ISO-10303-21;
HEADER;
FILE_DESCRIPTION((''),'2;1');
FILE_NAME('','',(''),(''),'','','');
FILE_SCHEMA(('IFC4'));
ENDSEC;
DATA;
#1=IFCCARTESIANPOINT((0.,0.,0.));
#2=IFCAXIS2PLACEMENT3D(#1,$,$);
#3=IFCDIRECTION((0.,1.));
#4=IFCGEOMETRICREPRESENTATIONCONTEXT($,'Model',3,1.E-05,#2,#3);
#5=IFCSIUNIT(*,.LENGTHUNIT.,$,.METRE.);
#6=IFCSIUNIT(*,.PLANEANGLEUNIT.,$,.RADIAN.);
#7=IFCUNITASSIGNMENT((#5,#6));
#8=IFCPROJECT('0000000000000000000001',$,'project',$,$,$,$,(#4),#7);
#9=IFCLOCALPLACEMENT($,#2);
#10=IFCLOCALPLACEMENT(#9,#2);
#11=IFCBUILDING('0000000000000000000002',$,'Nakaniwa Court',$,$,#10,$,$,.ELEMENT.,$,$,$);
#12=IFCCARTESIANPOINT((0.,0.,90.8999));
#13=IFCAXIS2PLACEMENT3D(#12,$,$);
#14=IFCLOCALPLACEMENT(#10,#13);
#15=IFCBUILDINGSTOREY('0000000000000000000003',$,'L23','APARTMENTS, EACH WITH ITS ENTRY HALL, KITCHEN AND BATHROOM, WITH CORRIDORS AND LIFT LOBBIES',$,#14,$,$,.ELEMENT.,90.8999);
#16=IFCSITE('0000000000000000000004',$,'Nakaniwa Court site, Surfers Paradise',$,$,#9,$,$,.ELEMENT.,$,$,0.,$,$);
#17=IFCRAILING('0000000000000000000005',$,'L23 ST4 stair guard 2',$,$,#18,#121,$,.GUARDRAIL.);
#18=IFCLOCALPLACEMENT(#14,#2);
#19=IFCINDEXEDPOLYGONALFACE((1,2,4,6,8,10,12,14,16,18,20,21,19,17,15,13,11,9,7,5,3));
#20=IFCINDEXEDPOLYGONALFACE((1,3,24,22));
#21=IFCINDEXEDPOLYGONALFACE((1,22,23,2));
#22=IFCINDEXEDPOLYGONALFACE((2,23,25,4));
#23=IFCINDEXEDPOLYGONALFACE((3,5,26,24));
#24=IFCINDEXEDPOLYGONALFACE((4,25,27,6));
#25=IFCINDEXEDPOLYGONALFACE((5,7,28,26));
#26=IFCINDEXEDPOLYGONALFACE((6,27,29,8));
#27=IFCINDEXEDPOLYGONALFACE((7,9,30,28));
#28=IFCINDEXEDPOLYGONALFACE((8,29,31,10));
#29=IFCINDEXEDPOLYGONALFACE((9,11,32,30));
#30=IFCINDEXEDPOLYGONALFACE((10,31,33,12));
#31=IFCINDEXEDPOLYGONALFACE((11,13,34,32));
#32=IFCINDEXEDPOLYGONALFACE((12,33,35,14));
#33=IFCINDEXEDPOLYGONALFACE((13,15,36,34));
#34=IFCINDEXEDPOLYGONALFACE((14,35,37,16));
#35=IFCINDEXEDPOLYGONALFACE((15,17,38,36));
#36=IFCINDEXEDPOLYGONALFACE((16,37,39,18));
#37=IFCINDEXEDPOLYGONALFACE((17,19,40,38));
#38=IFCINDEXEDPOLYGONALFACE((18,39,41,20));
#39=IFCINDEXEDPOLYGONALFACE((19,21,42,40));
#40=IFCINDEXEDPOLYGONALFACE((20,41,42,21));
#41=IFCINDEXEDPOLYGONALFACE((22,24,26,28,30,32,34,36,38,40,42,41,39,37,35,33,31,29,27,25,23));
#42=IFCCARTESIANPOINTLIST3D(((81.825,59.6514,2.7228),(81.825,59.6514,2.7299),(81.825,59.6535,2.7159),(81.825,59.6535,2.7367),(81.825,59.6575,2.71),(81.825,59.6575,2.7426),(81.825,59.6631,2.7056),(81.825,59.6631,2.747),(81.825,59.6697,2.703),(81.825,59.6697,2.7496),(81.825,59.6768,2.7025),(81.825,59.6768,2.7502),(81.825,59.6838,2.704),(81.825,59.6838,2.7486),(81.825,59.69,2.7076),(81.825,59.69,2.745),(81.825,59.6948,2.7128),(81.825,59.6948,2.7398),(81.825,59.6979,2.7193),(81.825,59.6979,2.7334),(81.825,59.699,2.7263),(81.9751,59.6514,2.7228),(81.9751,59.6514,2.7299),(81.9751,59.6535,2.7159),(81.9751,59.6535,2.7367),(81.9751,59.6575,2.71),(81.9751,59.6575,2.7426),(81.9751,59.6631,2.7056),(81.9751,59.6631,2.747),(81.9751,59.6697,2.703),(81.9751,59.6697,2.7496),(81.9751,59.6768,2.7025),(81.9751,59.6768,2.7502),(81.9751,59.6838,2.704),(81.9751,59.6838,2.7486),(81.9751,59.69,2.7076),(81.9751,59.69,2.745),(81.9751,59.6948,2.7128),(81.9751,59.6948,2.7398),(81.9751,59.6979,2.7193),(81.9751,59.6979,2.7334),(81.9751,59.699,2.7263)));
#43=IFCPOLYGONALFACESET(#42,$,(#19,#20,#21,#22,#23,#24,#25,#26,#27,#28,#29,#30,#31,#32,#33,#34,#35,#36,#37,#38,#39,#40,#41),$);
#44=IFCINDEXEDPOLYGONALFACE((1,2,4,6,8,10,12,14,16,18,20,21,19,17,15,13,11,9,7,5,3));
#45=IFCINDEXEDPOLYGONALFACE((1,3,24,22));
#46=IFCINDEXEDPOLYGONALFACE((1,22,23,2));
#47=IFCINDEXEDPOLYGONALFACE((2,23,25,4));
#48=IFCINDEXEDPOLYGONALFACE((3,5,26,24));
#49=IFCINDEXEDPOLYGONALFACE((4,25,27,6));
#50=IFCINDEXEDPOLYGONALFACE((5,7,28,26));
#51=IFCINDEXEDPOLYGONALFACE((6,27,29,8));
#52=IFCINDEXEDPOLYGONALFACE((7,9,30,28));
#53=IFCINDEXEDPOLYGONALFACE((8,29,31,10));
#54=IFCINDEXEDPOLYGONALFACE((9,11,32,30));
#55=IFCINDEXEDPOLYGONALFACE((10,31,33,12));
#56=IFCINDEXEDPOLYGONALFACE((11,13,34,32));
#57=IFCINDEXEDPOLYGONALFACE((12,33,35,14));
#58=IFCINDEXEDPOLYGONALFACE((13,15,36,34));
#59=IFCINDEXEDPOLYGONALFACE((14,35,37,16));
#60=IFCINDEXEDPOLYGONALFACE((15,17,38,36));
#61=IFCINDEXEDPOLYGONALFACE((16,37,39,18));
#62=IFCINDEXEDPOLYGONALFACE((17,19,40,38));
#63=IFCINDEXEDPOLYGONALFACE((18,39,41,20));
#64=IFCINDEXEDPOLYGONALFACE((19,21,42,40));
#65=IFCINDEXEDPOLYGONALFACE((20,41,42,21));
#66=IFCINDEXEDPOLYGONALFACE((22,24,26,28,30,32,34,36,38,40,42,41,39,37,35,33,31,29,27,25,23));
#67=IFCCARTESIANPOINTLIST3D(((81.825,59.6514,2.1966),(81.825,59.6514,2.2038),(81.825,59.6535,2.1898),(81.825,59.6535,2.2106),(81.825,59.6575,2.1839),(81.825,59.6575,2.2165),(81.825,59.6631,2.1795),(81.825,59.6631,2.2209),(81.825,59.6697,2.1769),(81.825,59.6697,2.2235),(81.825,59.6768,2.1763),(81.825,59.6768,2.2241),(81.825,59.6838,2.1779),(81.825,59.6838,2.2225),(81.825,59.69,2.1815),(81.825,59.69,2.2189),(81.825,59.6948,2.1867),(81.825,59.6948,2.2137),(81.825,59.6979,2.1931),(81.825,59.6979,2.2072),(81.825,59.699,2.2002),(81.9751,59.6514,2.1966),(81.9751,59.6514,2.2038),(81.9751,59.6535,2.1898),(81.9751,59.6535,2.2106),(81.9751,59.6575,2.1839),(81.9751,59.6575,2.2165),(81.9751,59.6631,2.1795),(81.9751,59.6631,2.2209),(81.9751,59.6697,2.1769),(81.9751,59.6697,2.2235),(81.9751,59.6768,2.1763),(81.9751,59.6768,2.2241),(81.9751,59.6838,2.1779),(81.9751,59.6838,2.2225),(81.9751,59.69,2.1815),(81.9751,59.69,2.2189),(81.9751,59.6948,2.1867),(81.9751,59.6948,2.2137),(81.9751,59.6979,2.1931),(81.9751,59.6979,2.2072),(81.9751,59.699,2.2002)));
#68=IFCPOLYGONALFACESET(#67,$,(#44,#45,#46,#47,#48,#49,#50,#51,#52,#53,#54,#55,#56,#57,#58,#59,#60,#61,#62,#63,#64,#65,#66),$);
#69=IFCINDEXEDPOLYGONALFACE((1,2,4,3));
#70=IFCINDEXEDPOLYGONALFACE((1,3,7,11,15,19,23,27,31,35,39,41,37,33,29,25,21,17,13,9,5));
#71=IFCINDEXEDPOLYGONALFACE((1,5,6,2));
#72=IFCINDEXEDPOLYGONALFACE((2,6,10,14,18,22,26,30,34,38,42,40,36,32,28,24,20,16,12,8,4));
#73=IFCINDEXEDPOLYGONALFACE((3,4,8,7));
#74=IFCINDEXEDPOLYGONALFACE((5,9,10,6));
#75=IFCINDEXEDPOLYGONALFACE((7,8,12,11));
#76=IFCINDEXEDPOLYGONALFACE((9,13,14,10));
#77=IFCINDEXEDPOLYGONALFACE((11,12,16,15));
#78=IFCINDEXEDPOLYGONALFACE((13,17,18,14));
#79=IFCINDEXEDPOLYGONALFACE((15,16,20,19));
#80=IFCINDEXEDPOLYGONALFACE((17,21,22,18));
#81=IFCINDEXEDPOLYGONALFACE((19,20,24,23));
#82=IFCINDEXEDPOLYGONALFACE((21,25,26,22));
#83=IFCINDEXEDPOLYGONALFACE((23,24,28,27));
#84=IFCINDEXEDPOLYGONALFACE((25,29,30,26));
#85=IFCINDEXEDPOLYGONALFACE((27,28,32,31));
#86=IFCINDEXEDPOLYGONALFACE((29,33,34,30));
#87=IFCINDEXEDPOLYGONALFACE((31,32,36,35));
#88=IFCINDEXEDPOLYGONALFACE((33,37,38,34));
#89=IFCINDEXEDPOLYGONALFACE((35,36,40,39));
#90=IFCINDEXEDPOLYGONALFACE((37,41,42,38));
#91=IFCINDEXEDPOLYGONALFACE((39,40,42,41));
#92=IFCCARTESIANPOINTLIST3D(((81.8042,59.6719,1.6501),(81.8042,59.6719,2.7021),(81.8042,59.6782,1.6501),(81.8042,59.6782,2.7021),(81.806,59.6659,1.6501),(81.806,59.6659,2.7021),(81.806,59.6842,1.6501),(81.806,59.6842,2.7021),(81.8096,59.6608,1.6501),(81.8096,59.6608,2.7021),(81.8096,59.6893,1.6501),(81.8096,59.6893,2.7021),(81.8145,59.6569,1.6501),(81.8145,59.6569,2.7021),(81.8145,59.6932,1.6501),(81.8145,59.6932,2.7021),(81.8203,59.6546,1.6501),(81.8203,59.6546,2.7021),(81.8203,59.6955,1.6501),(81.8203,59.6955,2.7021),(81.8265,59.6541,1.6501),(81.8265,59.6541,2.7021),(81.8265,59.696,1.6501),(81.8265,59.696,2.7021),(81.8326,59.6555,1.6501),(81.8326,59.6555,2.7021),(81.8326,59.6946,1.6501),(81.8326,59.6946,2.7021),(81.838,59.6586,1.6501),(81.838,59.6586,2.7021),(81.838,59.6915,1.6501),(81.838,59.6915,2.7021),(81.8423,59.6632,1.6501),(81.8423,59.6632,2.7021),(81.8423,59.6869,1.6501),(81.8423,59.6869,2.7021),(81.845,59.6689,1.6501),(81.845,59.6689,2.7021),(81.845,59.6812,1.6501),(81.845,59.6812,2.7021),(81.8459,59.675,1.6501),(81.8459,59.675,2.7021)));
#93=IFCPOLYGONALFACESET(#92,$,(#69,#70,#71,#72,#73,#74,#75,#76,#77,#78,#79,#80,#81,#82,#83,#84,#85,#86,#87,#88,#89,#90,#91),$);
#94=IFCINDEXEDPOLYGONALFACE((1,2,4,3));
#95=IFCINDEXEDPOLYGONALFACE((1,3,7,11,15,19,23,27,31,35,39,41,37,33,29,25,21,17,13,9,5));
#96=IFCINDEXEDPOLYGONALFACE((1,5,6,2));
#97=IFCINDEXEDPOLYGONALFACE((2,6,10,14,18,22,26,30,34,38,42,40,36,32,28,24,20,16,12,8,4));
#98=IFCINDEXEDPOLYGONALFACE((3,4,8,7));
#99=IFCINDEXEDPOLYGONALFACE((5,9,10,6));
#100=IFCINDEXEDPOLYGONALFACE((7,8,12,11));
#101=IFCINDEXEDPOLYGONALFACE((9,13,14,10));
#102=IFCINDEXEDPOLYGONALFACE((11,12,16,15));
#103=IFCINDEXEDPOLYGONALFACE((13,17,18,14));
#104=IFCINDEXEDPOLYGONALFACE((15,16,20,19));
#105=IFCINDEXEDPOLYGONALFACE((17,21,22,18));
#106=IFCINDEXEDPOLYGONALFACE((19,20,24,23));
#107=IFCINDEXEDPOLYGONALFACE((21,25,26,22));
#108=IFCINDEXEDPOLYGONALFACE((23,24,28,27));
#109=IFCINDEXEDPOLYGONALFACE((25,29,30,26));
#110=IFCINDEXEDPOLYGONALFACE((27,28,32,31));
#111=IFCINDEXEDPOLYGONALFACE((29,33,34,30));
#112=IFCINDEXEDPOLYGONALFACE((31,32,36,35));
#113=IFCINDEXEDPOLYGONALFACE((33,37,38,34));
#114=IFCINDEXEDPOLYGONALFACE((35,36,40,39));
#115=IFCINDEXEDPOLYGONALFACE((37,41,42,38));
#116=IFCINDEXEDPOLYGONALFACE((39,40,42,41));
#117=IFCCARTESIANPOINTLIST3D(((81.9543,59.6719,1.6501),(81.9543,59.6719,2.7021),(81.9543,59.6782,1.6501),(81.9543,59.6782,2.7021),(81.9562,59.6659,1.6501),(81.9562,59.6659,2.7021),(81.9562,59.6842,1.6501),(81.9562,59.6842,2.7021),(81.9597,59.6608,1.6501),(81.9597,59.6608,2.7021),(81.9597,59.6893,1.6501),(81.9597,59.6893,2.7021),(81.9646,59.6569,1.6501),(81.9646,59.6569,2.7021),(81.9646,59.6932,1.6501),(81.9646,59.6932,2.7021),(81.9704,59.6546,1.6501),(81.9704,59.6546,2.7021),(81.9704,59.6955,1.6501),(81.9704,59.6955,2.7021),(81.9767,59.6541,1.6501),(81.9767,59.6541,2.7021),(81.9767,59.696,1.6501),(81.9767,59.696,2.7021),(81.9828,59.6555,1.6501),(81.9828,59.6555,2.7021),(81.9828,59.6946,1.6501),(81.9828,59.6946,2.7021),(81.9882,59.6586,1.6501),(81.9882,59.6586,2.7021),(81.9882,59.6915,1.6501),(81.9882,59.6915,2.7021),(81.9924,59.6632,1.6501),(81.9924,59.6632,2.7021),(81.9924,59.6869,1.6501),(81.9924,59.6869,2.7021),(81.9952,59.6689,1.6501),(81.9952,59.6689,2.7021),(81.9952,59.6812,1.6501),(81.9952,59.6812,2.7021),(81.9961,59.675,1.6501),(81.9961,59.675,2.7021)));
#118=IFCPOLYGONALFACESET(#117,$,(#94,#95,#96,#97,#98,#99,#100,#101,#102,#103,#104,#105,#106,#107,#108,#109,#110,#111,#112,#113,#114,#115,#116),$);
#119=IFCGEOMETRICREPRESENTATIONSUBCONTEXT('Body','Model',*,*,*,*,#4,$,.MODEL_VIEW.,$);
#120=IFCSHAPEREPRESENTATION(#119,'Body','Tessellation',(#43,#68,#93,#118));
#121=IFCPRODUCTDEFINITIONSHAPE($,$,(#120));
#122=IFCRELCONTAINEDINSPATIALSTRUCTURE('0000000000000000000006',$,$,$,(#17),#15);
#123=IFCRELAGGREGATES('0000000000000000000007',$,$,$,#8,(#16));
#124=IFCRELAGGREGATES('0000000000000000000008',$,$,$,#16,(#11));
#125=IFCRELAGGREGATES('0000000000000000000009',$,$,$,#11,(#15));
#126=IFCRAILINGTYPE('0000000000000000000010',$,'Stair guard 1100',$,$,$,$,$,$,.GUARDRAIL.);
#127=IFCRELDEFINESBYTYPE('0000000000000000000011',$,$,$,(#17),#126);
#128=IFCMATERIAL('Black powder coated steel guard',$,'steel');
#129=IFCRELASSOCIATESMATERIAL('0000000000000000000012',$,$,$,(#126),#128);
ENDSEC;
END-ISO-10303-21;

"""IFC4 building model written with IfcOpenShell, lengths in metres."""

from ifc_helpers import new_model, si_unit, direction, frame, origin, origin_2d, place, context, subcontext, project, spatial, circle, extrude, material, type_object, element, save


model = new_model("IFC4")

# Units and contexts
model_context = context("Model", 3, precision=1e-05, world=origin(), true_north=direction((0.0, 1.0)))
body_context = subcontext(model_context, "Body", "Model", "MODEL_VIEW")
ifc_project = project(units=[si_unit("LENGTHUNIT", "METRE"), si_unit("PLANEANGLEUNIT", "RADIAN")], contexts=[model_context])

# Site, building, storey
site_placement = place(None, origin())
site = spatial("IfcSite", under=ifc_project, at=site_placement, Name="Nakaniwa Court site, Surfers Paradise", CompositionType="ELEMENT", RefElevation=0.0)
building_placement = place(site_placement, origin())
building = spatial("IfcBuilding", under=site, at=building_placement, Name="Nakaniwa Court", CompositionType="ELEMENT")
storey_placement = place(building_placement, frame((0.0, 0.0, 90.8999)))
storey = spatial("IfcBuildingStorey", under=building, at=storey_placement, Name="L23", Description="APARTMENTS, EACH WITH ITS ENTRY HALL, KITCHEN AND BATHROOM, WITH CORRIDORS AND LIFT LOBBIES", CompositionType="ELEMENT", Elevation=90.8999)

# Railing
ifc_material_1 = material(Name="Black powder coated steel guard", Category="steel")
railing_type_1 = type_object("IfcRailingType", Name="Stair guard 1100", PredefinedType="GUARDRAIL", material=ifc_material_1)
railing_1_placement = place(storey_placement, frame((81.825, 59.675, 1.6501)))
element("IfcRailing", 1, at=railing_1_placement, inside=storey, type_object=railing_type_1, Name="L23 ST4 stair guard 2", PredefinedType="GUARDRAIL", context=body_context, shape_type="SweptSolid", body=[
    extrude(circle(Radius=0.0239, at=origin_2d()), frame((0.0, 0.0, 1.0762), z_axis=(1.0, 0.0, 0.0), x_axis=(0.0, 1.0, 0.0)), (0.0, 0.0, 1.0), 0.1501),
    extrude(circle(Radius=0.0239, at=origin_2d()), frame((0.0, 0.0, 0.55), z_axis=(1.0, 0.0, 0.0), x_axis=(0.0, 1.0, 0.0)), (0.0, 0.0, 1.0), 0.1501),
    extrude(circle(Radius=0.021, at=origin_2d()), origin(), (0.0, 0.0, 1.0), 1.052),
    extrude(circle(Radius=0.021, at=origin_2d()), frame((0.1501, 0.0, 0.0)), (0.0, 0.0, 1.0), 1.052),
])

save(model, "model.ifc")
